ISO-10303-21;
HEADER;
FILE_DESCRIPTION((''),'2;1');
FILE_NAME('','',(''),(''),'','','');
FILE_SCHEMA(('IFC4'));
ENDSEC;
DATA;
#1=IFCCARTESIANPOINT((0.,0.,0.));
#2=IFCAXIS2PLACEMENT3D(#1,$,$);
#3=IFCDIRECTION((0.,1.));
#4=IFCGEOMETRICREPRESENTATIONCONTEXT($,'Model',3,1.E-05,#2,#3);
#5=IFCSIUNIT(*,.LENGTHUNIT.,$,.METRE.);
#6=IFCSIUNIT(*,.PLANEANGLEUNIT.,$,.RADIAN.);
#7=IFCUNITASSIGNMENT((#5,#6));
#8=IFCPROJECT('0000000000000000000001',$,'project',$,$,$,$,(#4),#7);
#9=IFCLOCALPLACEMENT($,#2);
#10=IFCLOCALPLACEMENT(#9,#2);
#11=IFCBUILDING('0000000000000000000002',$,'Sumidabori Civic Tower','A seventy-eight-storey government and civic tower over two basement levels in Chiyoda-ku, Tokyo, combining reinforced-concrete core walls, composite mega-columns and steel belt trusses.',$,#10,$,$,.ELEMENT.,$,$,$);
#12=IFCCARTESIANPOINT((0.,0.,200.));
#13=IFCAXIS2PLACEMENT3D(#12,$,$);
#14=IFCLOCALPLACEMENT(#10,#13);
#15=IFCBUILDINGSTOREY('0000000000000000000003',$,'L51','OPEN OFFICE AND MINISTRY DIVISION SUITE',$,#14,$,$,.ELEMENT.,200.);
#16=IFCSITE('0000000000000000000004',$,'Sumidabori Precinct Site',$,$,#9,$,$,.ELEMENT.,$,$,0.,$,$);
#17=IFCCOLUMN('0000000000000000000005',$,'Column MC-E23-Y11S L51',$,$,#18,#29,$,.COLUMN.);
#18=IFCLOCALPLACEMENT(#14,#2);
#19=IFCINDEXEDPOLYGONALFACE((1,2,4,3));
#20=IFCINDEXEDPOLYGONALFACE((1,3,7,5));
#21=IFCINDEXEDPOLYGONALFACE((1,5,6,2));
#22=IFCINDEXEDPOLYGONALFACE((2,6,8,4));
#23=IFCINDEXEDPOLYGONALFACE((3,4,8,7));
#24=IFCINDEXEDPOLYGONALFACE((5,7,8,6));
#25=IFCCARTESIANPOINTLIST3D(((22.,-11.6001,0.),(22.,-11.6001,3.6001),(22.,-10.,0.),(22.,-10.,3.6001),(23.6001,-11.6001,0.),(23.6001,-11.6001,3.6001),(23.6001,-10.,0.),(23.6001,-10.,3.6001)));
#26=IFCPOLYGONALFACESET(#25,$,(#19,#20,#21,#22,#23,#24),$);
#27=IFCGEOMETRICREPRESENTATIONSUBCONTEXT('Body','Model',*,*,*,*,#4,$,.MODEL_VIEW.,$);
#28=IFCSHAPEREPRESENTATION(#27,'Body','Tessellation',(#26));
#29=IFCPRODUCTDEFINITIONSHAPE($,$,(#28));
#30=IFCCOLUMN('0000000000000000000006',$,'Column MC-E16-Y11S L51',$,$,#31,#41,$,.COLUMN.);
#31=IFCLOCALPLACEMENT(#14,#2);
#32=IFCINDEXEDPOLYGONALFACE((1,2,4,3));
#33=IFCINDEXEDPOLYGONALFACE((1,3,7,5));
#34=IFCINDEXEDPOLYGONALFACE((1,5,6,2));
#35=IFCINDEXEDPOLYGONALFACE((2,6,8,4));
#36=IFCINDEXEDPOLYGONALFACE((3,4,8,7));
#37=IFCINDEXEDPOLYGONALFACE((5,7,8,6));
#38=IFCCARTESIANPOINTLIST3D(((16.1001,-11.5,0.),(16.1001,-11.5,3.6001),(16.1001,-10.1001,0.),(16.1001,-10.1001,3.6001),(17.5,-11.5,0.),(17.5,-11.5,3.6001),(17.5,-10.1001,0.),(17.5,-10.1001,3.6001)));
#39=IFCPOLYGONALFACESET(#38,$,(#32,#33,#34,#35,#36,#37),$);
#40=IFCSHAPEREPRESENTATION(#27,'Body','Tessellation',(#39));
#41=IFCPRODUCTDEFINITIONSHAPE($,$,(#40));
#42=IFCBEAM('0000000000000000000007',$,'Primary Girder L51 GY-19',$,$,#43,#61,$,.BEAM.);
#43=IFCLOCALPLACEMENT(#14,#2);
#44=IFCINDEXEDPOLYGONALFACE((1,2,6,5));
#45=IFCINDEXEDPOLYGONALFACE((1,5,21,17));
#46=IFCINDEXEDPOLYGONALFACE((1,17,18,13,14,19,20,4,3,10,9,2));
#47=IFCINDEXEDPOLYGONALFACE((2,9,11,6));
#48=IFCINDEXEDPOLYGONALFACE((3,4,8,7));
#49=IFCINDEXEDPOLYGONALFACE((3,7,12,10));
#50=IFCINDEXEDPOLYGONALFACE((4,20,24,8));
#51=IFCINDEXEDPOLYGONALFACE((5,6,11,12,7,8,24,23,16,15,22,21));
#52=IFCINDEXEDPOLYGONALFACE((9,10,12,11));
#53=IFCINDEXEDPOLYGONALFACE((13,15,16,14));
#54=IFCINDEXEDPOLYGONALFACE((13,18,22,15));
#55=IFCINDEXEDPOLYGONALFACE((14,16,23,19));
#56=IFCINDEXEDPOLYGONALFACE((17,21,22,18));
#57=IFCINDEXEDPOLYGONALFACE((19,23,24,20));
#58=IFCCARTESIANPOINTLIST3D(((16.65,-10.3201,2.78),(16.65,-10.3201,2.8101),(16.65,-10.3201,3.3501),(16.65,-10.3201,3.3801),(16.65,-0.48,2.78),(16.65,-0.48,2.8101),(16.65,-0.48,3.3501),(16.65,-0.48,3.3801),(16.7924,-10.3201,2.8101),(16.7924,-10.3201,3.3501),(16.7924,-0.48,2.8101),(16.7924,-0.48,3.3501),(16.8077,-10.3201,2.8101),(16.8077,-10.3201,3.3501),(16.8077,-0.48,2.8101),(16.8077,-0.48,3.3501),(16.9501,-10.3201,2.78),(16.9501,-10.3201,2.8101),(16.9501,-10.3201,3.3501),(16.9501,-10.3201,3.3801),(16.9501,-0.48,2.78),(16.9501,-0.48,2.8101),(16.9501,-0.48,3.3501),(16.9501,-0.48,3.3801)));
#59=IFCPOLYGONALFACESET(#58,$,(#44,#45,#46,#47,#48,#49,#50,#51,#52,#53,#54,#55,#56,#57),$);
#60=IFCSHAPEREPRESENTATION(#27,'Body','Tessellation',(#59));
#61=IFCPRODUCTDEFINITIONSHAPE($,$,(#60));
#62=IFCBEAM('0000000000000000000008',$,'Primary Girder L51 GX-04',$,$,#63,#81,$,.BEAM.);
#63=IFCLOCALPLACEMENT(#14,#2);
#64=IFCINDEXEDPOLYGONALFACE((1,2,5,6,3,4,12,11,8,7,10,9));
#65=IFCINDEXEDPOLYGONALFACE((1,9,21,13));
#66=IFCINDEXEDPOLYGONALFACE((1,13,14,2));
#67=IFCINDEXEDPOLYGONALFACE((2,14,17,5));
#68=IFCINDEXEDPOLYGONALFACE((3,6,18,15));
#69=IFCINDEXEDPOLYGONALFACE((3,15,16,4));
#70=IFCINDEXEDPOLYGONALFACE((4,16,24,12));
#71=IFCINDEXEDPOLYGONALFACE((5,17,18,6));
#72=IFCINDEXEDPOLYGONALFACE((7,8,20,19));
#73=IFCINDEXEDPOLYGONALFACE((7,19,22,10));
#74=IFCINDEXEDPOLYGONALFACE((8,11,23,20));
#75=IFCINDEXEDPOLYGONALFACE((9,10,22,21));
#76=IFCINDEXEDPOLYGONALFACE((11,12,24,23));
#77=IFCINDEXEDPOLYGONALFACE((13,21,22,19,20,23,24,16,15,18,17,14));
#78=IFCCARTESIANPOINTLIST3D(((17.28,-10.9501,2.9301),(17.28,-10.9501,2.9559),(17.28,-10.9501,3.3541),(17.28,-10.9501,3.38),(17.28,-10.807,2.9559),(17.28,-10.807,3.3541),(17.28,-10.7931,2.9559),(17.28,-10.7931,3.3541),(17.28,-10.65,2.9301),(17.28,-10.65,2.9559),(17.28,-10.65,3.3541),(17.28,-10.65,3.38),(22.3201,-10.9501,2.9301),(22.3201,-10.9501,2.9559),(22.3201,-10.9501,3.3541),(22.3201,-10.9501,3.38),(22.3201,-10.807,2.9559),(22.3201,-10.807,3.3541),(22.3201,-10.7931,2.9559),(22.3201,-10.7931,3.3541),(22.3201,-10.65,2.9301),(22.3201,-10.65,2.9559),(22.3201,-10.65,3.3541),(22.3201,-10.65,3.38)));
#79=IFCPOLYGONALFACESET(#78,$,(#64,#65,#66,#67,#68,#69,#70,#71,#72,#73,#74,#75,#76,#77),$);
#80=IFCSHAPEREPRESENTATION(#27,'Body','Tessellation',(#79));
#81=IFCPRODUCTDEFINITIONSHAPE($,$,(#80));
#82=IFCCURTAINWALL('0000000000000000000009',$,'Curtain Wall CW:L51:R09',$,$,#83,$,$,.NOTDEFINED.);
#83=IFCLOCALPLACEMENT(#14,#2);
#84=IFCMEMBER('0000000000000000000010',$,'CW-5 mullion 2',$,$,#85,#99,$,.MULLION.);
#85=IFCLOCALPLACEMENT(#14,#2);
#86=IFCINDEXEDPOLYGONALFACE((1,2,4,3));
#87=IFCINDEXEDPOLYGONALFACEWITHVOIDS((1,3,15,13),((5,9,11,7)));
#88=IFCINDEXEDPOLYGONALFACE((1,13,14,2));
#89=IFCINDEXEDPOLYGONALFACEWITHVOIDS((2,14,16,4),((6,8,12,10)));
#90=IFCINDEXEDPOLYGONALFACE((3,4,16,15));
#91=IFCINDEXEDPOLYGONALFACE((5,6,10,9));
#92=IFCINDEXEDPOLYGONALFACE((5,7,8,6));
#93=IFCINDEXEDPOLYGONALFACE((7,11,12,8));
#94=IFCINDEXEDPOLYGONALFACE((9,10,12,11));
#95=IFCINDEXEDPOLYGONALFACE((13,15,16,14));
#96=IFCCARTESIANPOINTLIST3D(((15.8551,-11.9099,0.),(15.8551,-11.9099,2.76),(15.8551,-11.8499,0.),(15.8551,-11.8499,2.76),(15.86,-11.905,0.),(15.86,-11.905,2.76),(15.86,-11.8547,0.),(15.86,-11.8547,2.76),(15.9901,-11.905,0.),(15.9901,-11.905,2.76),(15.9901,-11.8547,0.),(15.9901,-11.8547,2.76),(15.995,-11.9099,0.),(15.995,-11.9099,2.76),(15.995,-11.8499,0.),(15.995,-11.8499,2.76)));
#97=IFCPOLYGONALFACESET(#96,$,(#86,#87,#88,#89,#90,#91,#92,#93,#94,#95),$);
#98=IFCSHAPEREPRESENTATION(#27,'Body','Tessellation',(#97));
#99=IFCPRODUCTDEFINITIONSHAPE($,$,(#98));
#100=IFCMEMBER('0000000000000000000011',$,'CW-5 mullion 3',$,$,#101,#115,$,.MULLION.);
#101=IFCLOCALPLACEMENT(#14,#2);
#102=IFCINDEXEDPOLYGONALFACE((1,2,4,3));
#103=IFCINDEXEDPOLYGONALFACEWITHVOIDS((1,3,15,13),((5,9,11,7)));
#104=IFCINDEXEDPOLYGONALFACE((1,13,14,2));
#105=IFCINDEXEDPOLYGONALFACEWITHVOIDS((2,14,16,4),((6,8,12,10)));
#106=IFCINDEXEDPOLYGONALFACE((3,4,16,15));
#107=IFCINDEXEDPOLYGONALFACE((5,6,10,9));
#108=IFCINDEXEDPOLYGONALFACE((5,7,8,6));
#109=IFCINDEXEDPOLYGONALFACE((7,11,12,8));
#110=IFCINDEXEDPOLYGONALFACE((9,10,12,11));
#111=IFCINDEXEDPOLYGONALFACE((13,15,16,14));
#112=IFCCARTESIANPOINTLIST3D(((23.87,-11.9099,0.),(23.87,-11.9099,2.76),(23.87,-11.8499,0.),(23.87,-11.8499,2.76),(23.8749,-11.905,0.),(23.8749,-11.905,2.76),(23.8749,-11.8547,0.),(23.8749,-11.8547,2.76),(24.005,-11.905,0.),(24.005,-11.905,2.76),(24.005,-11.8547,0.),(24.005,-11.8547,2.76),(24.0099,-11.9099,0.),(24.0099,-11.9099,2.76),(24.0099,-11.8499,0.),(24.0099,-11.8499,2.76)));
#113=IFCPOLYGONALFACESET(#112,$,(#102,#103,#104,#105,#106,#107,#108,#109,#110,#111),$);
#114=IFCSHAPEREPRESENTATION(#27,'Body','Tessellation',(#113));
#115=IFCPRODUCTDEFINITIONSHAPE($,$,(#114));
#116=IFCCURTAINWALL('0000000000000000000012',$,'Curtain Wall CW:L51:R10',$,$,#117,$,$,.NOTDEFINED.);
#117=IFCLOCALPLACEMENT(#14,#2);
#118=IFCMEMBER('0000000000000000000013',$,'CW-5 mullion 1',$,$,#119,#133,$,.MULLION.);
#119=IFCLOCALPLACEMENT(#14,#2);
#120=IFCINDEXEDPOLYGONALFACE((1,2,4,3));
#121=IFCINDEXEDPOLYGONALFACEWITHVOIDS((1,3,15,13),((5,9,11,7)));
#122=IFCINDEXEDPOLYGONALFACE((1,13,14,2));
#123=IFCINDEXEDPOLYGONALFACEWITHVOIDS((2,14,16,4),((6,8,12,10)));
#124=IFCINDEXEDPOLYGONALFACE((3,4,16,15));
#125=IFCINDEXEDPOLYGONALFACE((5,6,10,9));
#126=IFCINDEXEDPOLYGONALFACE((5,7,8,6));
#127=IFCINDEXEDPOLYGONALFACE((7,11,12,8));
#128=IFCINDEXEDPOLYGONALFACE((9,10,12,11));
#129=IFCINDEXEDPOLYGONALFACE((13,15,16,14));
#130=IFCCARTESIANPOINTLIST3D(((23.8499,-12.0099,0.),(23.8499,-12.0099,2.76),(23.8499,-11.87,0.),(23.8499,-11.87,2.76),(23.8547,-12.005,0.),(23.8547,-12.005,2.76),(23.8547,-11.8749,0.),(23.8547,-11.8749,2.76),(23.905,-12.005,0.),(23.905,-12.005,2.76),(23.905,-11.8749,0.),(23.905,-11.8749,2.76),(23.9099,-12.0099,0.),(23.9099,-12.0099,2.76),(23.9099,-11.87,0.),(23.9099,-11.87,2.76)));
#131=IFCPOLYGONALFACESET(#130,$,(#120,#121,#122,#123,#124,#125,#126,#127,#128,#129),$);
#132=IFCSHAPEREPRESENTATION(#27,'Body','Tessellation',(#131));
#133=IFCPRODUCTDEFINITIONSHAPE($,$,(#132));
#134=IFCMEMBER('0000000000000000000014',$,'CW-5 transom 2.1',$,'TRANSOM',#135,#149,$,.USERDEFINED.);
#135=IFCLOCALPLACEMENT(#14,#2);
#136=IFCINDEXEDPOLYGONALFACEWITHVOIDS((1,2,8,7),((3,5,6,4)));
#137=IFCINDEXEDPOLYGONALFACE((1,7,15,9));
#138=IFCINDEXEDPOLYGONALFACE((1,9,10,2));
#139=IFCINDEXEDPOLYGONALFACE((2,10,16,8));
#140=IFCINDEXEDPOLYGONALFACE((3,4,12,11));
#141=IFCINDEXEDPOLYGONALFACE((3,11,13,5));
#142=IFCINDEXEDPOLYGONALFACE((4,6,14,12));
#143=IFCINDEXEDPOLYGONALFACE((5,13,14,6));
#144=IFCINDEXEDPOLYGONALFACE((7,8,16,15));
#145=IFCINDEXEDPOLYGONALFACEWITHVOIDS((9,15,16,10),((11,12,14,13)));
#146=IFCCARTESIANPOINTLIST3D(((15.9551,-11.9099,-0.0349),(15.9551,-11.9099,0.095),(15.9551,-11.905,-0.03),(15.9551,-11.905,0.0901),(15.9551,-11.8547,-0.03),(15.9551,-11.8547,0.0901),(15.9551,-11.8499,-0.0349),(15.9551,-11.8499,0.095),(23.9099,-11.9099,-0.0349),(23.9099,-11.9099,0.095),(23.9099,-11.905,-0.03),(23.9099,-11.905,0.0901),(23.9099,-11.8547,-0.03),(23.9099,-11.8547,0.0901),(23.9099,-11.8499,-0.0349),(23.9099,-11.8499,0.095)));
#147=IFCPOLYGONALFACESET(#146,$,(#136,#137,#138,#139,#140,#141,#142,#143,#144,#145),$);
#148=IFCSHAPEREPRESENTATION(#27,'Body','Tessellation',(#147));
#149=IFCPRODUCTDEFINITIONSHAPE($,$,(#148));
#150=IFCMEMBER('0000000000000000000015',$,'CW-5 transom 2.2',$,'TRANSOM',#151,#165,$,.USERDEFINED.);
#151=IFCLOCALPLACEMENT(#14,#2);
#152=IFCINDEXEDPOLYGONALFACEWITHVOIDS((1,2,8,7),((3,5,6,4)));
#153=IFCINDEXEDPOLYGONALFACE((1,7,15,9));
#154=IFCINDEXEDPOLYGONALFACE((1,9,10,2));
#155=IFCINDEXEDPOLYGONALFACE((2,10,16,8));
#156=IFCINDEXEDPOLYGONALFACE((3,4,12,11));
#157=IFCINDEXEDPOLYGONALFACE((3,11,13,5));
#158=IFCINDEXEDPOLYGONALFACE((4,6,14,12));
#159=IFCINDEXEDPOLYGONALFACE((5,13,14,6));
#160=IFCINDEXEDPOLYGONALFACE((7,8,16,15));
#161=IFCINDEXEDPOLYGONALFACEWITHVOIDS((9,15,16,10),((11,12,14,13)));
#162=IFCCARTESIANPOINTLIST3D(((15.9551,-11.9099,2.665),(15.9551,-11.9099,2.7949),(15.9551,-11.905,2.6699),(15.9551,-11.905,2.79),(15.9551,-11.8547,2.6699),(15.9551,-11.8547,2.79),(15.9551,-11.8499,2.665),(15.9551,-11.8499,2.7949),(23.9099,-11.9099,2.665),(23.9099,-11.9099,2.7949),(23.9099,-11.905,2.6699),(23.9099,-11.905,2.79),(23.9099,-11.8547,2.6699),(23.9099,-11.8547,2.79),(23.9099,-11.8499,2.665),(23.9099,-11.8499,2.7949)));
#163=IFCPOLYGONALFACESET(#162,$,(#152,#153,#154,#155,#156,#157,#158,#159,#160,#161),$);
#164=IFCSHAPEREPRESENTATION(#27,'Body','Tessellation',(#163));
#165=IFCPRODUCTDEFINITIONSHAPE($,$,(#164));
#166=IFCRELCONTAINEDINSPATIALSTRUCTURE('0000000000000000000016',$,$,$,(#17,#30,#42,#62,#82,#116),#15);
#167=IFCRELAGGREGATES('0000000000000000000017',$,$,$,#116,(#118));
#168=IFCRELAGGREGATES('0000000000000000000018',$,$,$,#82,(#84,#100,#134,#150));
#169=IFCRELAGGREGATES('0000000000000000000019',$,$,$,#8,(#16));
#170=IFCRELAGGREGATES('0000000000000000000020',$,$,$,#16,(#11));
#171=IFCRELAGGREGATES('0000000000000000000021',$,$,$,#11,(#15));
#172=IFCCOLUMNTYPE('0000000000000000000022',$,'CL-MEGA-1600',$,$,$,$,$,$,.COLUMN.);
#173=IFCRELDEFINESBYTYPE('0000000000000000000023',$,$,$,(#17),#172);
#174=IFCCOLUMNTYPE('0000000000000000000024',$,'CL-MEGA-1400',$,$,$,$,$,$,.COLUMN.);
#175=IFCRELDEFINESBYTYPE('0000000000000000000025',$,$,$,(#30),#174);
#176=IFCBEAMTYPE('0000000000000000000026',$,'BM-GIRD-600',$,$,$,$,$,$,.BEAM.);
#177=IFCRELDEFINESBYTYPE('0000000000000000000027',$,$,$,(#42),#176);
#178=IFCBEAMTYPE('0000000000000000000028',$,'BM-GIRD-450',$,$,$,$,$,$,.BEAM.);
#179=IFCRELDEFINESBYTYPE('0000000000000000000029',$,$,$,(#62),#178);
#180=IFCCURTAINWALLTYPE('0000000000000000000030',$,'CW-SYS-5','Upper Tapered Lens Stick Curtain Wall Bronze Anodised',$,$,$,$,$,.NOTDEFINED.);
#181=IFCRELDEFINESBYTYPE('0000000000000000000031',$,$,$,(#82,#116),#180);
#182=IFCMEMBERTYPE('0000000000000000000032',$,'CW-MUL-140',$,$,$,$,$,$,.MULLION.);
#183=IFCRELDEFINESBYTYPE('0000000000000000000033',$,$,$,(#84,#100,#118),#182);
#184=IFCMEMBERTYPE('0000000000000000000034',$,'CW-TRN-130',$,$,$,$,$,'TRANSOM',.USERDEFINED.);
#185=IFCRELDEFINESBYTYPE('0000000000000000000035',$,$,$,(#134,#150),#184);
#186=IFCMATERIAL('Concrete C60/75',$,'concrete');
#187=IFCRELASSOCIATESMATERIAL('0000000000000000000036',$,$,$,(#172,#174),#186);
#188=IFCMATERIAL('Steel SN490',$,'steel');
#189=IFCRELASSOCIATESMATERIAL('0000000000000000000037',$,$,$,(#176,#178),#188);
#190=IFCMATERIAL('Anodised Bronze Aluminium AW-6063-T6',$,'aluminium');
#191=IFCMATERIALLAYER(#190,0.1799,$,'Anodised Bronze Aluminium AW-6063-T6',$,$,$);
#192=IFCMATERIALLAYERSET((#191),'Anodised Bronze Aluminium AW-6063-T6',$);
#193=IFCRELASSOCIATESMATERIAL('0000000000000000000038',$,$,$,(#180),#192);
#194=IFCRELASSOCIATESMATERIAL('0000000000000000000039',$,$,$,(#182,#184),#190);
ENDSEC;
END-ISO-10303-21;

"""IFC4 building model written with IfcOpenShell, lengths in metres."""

from ifc_helpers import new_model, si_unit, direction, frame, origin, origin_2d, place, context, subcontext, project, spatial, rectangle, hollow_rectangle, i_section, extrude, source, transform, mapped, material, layer, layer_set, material_profile, profile_set, type_object, element, aggregate, save


model = new_model("IFC4")

# Units and contexts
model_context = context("Model", 3, precision=1e-05, world=origin(), true_north=direction((0.0, 1.0)))
body_context = subcontext(model_context, "Body", "Model", "MODEL_VIEW")
ifc_project = project(units=[si_unit("LENGTHUNIT", "METRE"), si_unit("PLANEANGLEUNIT", "RADIAN")], contexts=[model_context])

# Site, building, storey
site_placement = place(None, origin())
site = spatial("IfcSite", under=ifc_project, at=site_placement, Name="Sumidabori Precinct Site", CompositionType="ELEMENT", RefElevation=0.0)
building_placement = place(site_placement, origin())
building = spatial("IfcBuilding", under=site, at=building_placement, Name="Sumidabori Civic Tower", Description="A seventy-eight-storey government and civic tower over two basement levels in Chiyoda-ku, Tokyo, combining reinforced-concrete core walls, composite mega-columns and steel belt trusses.", CompositionType="ELEMENT")
storey_placement = place(building_placement, frame((0.0, 0.0, 200.0)))
storey = spatial("IfcBuildingStorey", under=building, at=storey_placement, Name="L51", Description="OPEN OFFICE AND MINISTRY DIVISION SUITE", CompositionType="ELEMENT", Elevation=200.0)

# Columns
ifc_material_1 = material(Name="Concrete C60/75", Category="concrete")
ifc_material_profile_1 = material_profile(ifc_material_1, rectangle(XDim=1.6001, YDim=1.6001, at=origin_2d()), Name="RC 1600x1600")
ifc_profile_set_1 = profile_set([ifc_material_profile_1], Name="Concrete C60/75")
column_type_1 = type_object("IfcColumnType", Name="CL-MEGA-1600", PredefinedType="COLUMN", material=ifc_profile_set_1)
shared_shape_1 = source(origin(), body_context, "Body", "SweptSolid", [
    extrude(rectangle(XDim=1.6001, YDim=1.6001, at=origin_2d()), origin(), (0.0, 0.0, 1.0), 3.6001),
])
column_1_placement = place(storey_placement, frame((22.8, -10.8, 0.0), z_axis=(0.0, 0.0, 1.0), x_axis=(1.0, 0.0, 0.0)))
element("IfcColumn", 1, at=column_1_placement, inside=storey, type_object=column_type_1, Name="Column MC-E23-Y11S L51", PredefinedType="COLUMN", context=body_context, shape_type="MappedRepresentation", body=[
    mapped(shared_shape_1, transform((0.0, 0.0, 0.0), x_axis=(1.0, 0.0, 0.0), y_axis=(0.0, 1.0, 0.0), z_axis=(0.0, 0.0, 1.0), scale=1.0)),
])
ifc_material_profile_2 = material_profile(ifc_material_1, rectangle(XDim=1.3999, YDim=1.3999, at=origin_2d()), Name="RC 1400x1400")
ifc_profile_set_2 = profile_set([ifc_material_profile_2], Name="Concrete C60/75")
column_type_2 = type_object("IfcColumnType", Name="CL-MEGA-1400", PredefinedType="COLUMN", material=ifc_profile_set_2)
shared_shape_2 = source(origin(), body_context, "Body", "SweptSolid", [
    extrude(rectangle(XDim=1.3999, YDim=1.3999, at=origin_2d()), origin(), (0.0, 0.0, 1.0), 3.6001),
])
column_2_placement = place(storey_placement, frame((16.8, -10.8, 0.0), z_axis=(0.0, 0.0, 1.0), x_axis=(1.0, 0.0, 0.0)))
element("IfcColumn", 2, at=column_2_placement, inside=storey, type_object=column_type_2, Name="Column MC-E16-Y11S L51", PredefinedType="COLUMN", context=body_context, shape_type="MappedRepresentation", body=[
    mapped(shared_shape_2, transform((0.0, 0.0, 0.0), x_axis=(1.0, 0.0, 0.0), y_axis=(0.0, 1.0, 0.0), z_axis=(0.0, 0.0, 1.0), scale=1.0)),
])

# Beams
ifc_material_2 = material(Name="Steel SN490", Category="steel")
ifc_material_profile_3 = material_profile(ifc_material_2, i_section(OverallWidth=0.3, OverallDepth=0.6001, WebThickness=0.0154, FlangeThickness=0.03, at=origin_2d()), Name="HE 600 B")
ifc_profile_set_3 = profile_set([ifc_material_profile_3], Name="Steel SN490")
beam_type_1 = type_object("IfcBeamType", Name="BM-GIRD-600", PredefinedType="BEAM", material=ifc_profile_set_3)
shared_shape_3 = source(origin(), body_context, "Body", "SweptSolid", [
    extrude(i_section(OverallWidth=0.3, OverallDepth=0.6001, WebThickness=0.0154, FlangeThickness=0.03, at=origin_2d()), origin(), (0.0, 0.0, 1.0), 9.8401),
])
beam_1_placement = place(storey_placement, frame((16.8, -10.3201, 3.0801), z_axis=(0.0, 1.0, 0.0), x_axis=(-1.0, 0.0, 0.0)))
element("IfcBeam", 3, at=beam_1_placement, inside=storey, type_object=beam_type_1, Name="Primary Girder L51 GY-19", PredefinedType="BEAM", context=body_context, shape_type="MappedRepresentation", body=[
    mapped(shared_shape_3, transform((0.0, 0.0, 0.0), x_axis=(1.0, 0.0, 0.0), y_axis=(0.0, 1.0, 0.0), z_axis=(0.0, 0.0, 1.0), scale=1.0)),
])
ifc_material_profile_4 = material_profile(ifc_material_2, i_section(OverallWidth=0.3, OverallDepth=0.45, WebThickness=0.0139, FlangeThickness=0.0259, at=origin_2d()), Name="HE 450 B")
ifc_profile_set_4 = profile_set([ifc_material_profile_4], Name="Steel SN490")
beam_type_2 = type_object("IfcBeamType", Name="BM-GIRD-450", PredefinedType="BEAM", material=ifc_profile_set_4)
shared_shape_4 = source(origin(), body_context, "Body", "SweptSolid", [
    extrude(i_section(OverallWidth=0.3, OverallDepth=0.45, WebThickness=0.0139, FlangeThickness=0.0259, at=origin_2d()), origin(), (0.0, 0.0, 1.0), 5.04),
])
beam_2_placement = place(storey_placement, frame((17.28, -10.8, 3.155), z_axis=(1.0, 0.0, 0.0), x_axis=(0.0, 1.0, 0.0)))
element("IfcBeam", 4, at=beam_2_placement, inside=storey, type_object=beam_type_2, Name="Primary Girder L51 GX-04", PredefinedType="BEAM", context=body_context, shape_type="MappedRepresentation", body=[
    mapped(shared_shape_4, transform((0.0, 0.0, 0.0), x_axis=(1.0, 0.0, 0.0), y_axis=(0.0, 1.0, 0.0), z_axis=(0.0, 0.0, 1.0), scale=1.0)),
])

# Curtain wall, members
ifc_material_3 = material(Name="Anodised Bronze Aluminium AW-6063-T6", Category="aluminium")
ifc_layer_1 = layer(ifc_material_3, 0.1799, Name="Anodised Bronze Aluminium AW-6063-T6")
ifc_layer_set_1 = layer_set([ifc_layer_1], Name="Anodised Bronze Aluminium AW-6063-T6")
curtain_wall_type = type_object("IfcCurtainWallType", Name="CW-SYS-5", Description="Upper Tapered Lens Stick Curtain Wall Bronze Anodised", PredefinedType="NOTDEFINED", material=ifc_layer_set_1)
curtain_wall_1_placement = place(storey_placement, origin())
curtain_wall_1 = element("IfcCurtainWall", 5, at=curtain_wall_1_placement, inside=storey, type_object=curtain_wall_type, Name="Curtain Wall CW:L51:R09", PredefinedType="NOTDEFINED")
ifc_material_profile_5 = material_profile(ifc_material_3, hollow_rectangle(XDim=0.0601, YDim=0.1399, WallThickness=0.0049, at=origin_2d()), Name="ALU MULLION 140x60")
ifc_profile_set_5 = profile_set([ifc_material_profile_5], Name="Anodised Bronze Aluminium AW-6063-T6")
member_type_1 = type_object("IfcMemberType", Name="CW-MUL-140", PredefinedType="MULLION", material=ifc_profile_set_5)
shared_shape_5 = source(origin(), body_context, "Body", "SweptSolid", [
    extrude(hollow_rectangle(XDim=0.0601, YDim=0.1399, WallThickness=0.0049, at=origin_2d()), origin(), (0.0, 0.0, 1.0), 2.76),
])
member_1_placement = place(storey_placement, frame((15.925, -11.8799, 0.0), z_axis=(0.0, 0.0, 1.0), x_axis=(0.0, 1.0, 0.0)))
member_1 = element("IfcMember", 6, at=member_1_placement, type_object=member_type_1, Name="CW-5 mullion 2", PredefinedType="MULLION", context=body_context, shape_type="MappedRepresentation", body=[
    mapped(shared_shape_5, transform((0.0, 0.0, 0.0), x_axis=(1.0, 0.0, 0.0), y_axis=(0.0, 1.0, 0.0), z_axis=(0.0, 0.0, 1.0), scale=1.0)),
])
member_2_placement = place(storey_placement, frame((23.9399, -11.8799, 0.0), z_axis=(0.0, 0.0, 1.0), x_axis=(0.0, 1.0, 0.0)))
member_2 = element("IfcMember", 7, at=member_2_placement, type_object=member_type_1, Name="CW-5 mullion 3", PredefinedType="MULLION", context=body_context, shape_type="MappedRepresentation", body=[
    mapped(shared_shape_5, transform((0.0, 0.0, 0.0), x_axis=(1.0, 0.0, 0.0), y_axis=(0.0, 1.0, 0.0), z_axis=(0.0, 0.0, 1.0), scale=1.0)),
])

# Curtain wall, member
curtain_wall_2_placement = place(storey_placement, origin())
curtain_wall_2 = element("IfcCurtainWall", 8, at=curtain_wall_2_placement, inside=storey, type_object=curtain_wall_type, Name="Curtain Wall CW:L51:R10", PredefinedType="NOTDEFINED")
member_3_placement = place(storey_placement, frame((23.8799, -11.9399, 0.0), z_axis=(0.0, 0.0, 1.0), x_axis=(-1.0, 0.0, 0.0)))
member_3 = element("IfcMember", 9, at=member_3_placement, type_object=member_type_1, Name="CW-5 mullion 1", PredefinedType="MULLION", context=body_context, shape_type="MappedRepresentation", body=[
    mapped(shared_shape_5, transform((0.0, 0.0, 0.0), x_axis=(1.0, 0.0, 0.0), y_axis=(0.0, 1.0, 0.0), z_axis=(0.0, 0.0, 1.0), scale=1.0)),
])

# Members
ifc_material_profile_6 = material_profile(ifc_material_3, hollow_rectangle(XDim=0.0601, YDim=0.1299, WallThickness=0.0049, at=origin_2d()), Name="ALU TRANSOM 130x60")
ifc_profile_set_6 = profile_set([ifc_material_profile_6], Name="Anodised Bronze Aluminium AW-6063-T6")
member_type_2 = type_object("IfcMemberType", Name="CW-TRN-130", ElementType="TRANSOM", PredefinedType="USERDEFINED", material=ifc_profile_set_6)
shared_shape_6 = source(origin(), body_context, "Body", "SweptSolid", [
    extrude(hollow_rectangle(XDim=0.0601, YDim=0.1299, WallThickness=0.0049, at=origin_2d()), origin(), (0.0, 0.0, 1.0), 7.9548),
])
member_4_placement = place(storey_placement, frame((15.9551, -11.8799, 0.03), z_axis=(1.0, 0.0, 0.0), x_axis=(0.0, 1.0, 0.0)))
member_4 = element("IfcMember", 10, at=member_4_placement, type_object=member_type_2, Name="CW-5 transom 2.1", ObjectType="TRANSOM", PredefinedType="USERDEFINED", context=body_context, shape_type="MappedRepresentation", body=[
    mapped(shared_shape_6, transform((0.0, 0.0, 0.0), x_axis=(1.0, 0.0, 0.0), y_axis=(0.0, 1.0, 0.0), z_axis=(0.0, 0.0, 1.0), scale=1.0)),
])
member_5_placement = place(storey_placement, frame((15.9551, -11.8799, 2.73), z_axis=(1.0, 0.0, 0.0), x_axis=(0.0, 1.0, 0.0)))
member_5 = element("IfcMember", 11, at=member_5_placement, type_object=member_type_2, Name="CW-5 transom 2.2", ObjectType="TRANSOM", PredefinedType="USERDEFINED", context=body_context, shape_type="MappedRepresentation", body=[
    mapped(shared_shape_6, transform((0.0, 0.0, 0.0), x_axis=(1.0, 0.0, 0.0), y_axis=(0.0, 1.0, 0.0), z_axis=(0.0, 0.0, 1.0), scale=1.0)),
])
aggregate(curtain_wall_2, [member_3])

aggregate(curtain_wall_1, [member_1, member_2, member_4, member_5])

save(model, "model.ifc")
